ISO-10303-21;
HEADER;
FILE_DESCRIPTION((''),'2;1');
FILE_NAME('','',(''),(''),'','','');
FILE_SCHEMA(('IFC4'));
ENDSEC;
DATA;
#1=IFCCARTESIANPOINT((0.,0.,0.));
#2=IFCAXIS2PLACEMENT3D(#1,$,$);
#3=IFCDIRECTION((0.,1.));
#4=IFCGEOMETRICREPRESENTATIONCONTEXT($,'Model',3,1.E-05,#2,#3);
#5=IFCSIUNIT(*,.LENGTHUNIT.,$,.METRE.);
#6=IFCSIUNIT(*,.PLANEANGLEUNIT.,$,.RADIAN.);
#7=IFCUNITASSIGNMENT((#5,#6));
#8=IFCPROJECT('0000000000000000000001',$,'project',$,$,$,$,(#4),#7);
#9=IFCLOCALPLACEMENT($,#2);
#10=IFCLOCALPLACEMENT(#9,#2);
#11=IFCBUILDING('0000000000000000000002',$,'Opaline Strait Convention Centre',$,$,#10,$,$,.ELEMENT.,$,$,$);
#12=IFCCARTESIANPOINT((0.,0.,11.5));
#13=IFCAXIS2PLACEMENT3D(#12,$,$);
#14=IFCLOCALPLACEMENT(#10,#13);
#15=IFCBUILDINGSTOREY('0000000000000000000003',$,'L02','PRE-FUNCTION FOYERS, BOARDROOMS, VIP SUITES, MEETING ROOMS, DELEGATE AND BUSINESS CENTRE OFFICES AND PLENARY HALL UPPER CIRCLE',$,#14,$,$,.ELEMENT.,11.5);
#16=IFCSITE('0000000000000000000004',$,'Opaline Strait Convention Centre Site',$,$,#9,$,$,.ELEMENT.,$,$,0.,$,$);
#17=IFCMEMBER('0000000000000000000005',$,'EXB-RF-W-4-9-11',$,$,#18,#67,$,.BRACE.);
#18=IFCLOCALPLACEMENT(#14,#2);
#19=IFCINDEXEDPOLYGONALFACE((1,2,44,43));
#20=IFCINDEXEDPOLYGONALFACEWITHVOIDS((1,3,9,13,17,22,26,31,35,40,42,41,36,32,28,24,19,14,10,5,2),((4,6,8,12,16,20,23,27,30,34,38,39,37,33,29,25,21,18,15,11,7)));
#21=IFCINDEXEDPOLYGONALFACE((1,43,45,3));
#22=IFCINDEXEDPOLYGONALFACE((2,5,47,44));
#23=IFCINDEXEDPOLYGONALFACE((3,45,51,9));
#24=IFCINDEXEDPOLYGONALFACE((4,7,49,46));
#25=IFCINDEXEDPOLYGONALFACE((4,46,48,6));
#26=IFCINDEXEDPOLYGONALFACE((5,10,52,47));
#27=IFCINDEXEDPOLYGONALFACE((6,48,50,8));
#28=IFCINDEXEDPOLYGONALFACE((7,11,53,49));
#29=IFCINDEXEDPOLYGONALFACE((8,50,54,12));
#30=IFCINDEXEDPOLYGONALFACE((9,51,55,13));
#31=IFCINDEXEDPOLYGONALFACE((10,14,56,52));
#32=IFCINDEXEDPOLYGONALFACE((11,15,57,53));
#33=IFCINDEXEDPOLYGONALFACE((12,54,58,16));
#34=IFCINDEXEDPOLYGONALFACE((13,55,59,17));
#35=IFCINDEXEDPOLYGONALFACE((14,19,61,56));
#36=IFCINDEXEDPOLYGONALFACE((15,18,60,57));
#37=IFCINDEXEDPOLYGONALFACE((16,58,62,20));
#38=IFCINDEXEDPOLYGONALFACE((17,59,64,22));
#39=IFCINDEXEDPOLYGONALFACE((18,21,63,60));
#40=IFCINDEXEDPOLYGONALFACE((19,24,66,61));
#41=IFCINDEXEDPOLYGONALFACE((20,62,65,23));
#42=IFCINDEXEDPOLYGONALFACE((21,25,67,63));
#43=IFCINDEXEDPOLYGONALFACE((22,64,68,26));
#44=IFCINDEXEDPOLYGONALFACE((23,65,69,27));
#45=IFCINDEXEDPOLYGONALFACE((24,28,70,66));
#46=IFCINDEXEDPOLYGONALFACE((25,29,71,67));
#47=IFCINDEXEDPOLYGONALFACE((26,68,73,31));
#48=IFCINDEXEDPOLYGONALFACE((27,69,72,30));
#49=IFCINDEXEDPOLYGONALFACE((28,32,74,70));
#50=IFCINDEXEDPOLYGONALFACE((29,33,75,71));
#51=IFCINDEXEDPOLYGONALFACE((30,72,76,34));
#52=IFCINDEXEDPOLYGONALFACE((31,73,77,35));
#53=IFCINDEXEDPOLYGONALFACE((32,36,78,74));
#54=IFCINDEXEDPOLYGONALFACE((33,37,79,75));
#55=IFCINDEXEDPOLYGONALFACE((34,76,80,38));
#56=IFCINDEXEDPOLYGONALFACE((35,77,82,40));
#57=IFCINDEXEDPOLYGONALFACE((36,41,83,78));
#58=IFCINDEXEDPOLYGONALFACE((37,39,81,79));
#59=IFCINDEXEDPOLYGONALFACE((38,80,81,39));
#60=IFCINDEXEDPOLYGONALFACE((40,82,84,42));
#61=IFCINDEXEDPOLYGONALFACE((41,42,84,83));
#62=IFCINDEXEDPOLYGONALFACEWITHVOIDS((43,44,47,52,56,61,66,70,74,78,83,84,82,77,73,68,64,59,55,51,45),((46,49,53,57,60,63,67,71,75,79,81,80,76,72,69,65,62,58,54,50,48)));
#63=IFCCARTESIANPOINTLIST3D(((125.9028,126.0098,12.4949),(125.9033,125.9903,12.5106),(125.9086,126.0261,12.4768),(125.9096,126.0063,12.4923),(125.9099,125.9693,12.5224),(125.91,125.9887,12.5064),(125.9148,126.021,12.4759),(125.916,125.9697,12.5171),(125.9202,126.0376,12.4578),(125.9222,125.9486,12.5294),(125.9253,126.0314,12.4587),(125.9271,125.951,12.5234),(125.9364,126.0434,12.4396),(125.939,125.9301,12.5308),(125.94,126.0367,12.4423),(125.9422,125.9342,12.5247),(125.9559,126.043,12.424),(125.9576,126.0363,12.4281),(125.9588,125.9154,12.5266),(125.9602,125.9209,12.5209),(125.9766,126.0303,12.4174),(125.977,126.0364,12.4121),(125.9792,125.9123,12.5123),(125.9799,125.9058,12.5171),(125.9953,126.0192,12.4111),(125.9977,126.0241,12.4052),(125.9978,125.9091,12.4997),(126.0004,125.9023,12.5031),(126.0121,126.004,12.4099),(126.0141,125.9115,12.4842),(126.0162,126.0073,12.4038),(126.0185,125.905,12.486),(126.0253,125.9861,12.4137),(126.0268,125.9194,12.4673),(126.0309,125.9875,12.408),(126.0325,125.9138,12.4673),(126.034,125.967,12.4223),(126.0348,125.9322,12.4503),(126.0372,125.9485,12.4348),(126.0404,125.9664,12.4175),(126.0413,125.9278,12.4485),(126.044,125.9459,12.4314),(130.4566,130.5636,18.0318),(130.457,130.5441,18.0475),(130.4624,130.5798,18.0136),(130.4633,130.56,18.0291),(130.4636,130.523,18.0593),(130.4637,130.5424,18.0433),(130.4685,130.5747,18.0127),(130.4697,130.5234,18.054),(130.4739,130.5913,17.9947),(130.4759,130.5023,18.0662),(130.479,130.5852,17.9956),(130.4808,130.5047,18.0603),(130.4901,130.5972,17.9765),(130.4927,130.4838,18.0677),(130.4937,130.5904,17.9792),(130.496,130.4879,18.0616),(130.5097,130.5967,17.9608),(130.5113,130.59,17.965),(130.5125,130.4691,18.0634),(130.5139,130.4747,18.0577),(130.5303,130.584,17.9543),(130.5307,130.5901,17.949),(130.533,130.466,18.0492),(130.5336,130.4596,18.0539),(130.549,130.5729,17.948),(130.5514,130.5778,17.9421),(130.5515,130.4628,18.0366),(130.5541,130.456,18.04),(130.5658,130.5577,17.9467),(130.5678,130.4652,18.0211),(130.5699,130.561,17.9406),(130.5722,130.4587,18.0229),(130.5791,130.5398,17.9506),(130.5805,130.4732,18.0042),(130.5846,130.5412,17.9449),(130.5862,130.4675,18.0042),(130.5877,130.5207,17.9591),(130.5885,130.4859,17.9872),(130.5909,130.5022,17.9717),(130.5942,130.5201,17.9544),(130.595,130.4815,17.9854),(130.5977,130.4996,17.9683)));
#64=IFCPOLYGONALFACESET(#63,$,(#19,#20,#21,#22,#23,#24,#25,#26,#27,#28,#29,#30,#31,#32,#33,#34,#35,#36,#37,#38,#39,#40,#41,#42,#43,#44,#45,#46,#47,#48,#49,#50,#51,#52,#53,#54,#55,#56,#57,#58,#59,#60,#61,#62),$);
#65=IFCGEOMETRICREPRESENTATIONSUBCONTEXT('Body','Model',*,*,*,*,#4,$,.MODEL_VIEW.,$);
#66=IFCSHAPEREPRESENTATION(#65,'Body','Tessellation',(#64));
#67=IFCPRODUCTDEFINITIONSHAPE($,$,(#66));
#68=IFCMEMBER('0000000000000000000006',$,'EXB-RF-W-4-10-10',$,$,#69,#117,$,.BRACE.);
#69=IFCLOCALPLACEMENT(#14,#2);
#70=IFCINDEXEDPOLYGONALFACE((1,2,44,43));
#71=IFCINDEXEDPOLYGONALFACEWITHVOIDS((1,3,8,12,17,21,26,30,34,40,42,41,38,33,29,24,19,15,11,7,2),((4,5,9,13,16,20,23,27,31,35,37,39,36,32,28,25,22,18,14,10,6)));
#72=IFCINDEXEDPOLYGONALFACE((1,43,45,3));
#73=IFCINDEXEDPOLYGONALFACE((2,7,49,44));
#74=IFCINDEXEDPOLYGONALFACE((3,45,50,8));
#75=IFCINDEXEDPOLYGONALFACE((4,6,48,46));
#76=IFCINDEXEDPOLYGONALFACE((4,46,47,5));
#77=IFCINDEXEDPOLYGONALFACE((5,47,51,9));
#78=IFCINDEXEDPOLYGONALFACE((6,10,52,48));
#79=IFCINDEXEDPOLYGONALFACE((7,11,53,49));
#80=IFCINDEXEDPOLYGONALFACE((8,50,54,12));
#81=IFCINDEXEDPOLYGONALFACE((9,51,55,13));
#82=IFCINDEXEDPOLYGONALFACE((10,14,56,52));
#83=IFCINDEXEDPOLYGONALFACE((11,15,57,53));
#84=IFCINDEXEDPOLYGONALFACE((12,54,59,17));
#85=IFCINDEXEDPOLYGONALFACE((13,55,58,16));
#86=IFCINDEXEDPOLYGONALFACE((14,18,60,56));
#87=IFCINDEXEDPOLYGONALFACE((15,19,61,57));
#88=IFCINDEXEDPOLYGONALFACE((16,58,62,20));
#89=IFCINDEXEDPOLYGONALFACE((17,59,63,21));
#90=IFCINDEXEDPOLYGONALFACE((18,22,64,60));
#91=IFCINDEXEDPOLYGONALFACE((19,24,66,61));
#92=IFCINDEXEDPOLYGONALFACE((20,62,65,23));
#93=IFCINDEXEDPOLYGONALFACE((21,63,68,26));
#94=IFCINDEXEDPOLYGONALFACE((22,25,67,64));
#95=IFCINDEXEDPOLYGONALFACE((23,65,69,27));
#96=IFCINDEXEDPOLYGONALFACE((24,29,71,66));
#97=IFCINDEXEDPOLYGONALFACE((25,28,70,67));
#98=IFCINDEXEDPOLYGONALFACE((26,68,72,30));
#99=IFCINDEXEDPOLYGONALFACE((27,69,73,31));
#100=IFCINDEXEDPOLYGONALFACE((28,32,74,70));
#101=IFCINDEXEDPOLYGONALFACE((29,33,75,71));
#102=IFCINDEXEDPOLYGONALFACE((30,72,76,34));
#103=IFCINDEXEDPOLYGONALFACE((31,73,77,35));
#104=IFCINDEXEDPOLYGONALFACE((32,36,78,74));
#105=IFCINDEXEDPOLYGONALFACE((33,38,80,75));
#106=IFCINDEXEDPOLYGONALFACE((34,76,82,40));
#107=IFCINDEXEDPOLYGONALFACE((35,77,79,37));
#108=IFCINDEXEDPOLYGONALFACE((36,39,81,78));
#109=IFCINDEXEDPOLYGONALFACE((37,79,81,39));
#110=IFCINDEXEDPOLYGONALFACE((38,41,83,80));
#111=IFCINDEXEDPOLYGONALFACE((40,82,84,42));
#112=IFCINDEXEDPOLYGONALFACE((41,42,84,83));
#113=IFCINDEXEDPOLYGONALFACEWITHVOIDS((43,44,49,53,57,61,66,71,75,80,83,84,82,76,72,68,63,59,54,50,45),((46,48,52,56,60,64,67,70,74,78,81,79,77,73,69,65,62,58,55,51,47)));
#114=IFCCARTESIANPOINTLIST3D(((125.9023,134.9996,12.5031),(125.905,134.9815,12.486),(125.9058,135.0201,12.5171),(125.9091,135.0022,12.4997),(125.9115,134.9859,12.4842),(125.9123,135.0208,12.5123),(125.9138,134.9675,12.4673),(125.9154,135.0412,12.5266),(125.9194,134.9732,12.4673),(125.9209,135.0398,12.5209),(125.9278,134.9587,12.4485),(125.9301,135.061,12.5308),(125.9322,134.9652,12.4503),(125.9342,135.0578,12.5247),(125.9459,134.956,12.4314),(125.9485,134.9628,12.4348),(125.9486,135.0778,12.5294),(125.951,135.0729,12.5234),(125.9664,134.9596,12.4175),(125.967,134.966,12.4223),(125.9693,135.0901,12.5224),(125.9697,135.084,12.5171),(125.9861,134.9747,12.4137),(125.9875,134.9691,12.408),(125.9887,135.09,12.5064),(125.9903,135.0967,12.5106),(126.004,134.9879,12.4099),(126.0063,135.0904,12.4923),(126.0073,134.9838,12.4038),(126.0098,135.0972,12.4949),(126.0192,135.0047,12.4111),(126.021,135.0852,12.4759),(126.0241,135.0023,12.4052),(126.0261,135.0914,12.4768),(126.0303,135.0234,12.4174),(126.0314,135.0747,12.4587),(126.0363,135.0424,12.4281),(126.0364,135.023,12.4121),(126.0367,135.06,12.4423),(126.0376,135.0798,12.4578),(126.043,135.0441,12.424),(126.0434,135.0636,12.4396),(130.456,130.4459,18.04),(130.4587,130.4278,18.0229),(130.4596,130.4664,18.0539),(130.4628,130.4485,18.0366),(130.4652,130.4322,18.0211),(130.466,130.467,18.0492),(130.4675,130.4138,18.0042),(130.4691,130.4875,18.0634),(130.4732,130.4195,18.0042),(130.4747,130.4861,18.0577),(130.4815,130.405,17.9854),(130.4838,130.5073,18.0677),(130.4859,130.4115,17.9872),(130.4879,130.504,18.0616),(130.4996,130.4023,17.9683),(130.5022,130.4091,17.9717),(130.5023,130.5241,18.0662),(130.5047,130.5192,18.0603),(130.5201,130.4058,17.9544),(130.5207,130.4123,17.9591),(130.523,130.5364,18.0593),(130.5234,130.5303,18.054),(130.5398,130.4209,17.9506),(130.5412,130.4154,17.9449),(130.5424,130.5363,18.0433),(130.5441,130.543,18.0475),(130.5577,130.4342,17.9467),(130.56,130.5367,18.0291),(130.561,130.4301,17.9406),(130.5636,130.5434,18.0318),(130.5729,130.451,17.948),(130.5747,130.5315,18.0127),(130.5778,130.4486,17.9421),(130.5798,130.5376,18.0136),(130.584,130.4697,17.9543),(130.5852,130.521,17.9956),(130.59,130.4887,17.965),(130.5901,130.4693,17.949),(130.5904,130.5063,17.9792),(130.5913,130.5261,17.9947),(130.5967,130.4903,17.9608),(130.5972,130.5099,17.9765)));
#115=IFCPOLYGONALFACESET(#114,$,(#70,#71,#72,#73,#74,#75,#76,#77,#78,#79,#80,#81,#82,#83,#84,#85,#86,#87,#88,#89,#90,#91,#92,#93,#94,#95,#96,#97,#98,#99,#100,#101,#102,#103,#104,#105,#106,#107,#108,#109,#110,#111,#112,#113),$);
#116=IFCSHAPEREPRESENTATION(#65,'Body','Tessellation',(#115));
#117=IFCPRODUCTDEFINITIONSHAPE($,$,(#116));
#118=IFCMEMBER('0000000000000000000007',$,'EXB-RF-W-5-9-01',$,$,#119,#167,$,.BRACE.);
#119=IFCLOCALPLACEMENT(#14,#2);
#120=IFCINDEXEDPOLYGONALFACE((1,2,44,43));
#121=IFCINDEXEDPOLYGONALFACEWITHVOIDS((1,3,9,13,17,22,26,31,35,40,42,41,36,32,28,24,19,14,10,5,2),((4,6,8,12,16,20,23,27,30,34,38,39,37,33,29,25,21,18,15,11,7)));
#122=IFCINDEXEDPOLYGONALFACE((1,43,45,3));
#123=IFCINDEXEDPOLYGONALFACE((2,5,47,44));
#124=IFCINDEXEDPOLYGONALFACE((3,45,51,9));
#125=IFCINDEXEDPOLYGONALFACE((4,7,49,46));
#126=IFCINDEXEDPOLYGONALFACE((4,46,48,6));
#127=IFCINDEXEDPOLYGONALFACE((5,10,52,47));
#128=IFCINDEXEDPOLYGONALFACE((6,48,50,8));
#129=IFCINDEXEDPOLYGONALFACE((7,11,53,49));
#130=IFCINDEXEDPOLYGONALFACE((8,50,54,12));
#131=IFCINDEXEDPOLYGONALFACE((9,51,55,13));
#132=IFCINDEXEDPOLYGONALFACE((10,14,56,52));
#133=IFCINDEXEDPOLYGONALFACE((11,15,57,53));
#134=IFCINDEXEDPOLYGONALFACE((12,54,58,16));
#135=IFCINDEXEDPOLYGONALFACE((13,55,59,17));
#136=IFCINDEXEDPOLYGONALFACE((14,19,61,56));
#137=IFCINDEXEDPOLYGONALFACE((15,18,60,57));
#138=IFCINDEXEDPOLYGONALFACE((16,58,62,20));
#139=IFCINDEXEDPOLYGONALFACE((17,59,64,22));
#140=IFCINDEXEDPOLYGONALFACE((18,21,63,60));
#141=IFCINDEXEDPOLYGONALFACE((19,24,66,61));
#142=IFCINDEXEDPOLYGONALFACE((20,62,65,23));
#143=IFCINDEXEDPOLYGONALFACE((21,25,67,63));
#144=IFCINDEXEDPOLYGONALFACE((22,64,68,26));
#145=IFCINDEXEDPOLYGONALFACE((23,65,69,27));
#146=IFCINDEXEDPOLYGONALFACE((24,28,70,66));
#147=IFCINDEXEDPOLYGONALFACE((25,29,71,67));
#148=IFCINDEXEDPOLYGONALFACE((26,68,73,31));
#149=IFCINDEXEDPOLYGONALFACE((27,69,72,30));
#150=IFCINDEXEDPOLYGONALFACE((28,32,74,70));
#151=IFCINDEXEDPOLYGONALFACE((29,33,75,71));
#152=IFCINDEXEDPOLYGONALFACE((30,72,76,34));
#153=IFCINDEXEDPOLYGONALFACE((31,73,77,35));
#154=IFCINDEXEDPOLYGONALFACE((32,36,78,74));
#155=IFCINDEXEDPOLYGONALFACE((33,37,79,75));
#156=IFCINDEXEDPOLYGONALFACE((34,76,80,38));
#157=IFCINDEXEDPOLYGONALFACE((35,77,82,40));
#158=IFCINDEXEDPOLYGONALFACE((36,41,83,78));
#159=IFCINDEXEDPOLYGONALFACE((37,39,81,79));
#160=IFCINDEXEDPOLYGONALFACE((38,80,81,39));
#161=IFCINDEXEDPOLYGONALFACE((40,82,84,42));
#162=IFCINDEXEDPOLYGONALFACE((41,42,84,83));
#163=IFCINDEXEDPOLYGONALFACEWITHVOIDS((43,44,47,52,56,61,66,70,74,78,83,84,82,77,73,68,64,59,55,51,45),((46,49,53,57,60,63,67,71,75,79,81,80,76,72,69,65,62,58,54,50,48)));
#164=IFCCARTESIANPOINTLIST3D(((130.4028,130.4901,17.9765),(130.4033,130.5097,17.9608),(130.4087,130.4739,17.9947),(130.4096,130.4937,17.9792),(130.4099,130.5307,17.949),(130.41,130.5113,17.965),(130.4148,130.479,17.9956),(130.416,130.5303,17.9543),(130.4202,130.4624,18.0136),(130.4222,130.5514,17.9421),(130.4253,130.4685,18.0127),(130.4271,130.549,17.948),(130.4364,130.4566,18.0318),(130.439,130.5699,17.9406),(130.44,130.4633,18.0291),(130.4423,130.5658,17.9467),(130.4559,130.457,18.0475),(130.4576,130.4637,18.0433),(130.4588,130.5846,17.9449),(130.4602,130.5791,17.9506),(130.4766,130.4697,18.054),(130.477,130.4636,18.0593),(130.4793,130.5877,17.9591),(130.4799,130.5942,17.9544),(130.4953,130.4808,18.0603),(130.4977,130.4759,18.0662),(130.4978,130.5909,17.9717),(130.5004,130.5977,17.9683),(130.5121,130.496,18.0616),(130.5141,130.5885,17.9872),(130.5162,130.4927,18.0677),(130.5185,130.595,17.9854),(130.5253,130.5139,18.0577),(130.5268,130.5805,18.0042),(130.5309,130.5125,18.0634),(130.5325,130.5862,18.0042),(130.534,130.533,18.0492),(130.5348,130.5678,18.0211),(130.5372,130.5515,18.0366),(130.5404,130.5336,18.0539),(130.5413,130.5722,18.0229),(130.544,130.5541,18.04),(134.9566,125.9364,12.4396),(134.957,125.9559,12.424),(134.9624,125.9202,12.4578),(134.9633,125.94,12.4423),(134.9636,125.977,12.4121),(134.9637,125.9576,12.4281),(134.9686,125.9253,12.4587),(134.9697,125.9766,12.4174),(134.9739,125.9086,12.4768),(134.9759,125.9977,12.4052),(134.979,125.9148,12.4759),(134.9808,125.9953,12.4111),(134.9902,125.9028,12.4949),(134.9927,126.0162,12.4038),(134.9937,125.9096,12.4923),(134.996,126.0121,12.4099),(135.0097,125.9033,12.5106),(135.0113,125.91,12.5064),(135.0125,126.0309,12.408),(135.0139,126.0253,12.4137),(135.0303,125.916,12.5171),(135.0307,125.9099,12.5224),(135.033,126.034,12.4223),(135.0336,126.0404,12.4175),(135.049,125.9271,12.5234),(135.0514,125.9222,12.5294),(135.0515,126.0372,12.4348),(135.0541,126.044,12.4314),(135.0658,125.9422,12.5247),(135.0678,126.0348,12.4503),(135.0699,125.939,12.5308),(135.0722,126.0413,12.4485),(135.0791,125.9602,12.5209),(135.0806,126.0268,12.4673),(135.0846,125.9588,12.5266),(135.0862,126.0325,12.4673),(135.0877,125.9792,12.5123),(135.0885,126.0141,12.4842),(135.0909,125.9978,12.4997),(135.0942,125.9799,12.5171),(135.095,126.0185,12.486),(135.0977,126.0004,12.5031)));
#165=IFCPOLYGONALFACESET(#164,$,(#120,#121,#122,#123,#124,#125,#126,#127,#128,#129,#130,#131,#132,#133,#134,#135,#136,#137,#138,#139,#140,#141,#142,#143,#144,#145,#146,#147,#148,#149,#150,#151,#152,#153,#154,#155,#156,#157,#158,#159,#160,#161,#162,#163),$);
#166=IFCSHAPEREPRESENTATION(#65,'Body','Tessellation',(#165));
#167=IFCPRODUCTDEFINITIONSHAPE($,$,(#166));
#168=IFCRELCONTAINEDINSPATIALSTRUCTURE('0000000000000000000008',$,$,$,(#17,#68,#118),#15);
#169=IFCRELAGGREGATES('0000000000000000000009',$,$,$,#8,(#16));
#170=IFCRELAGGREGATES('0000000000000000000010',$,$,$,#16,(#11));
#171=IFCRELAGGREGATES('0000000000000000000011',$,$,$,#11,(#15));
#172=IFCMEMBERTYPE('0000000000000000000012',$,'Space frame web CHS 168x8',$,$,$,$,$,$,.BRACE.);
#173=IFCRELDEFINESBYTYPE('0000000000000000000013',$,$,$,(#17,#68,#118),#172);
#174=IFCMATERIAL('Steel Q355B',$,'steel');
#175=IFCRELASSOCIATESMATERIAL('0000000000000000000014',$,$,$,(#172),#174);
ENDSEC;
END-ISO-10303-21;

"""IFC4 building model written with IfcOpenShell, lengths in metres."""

from ifc_helpers import new_model, si_unit, direction, frame, origin, origin_2d, place, context, subcontext, project, spatial, hollow_circle, extrude, material, material_profile, profile_set, type_object, element, save


model = new_model("IFC4")

# Units and contexts
model_context = context("Model", 3, precision=1e-05, world=origin(), true_north=direction((0.0, 1.0)))
body_context = subcontext(model_context, "Body", "Model", "MODEL_VIEW")
ifc_project = project(units=[si_unit("LENGTHUNIT", "METRE"), si_unit("PLANEANGLEUNIT", "RADIAN")], contexts=[model_context])

# Site, building, storey
site_placement = place(None, origin())
site = spatial("IfcSite", under=ifc_project, at=site_placement, Name="Opaline Strait Convention Centre Site", CompositionType="ELEMENT", RefElevation=0.0)
building_placement = place(site_placement, origin())
building = spatial("IfcBuilding", under=site, at=building_placement, Name="Opaline Strait Convention Centre", CompositionType="ELEMENT")
storey_placement = place(building_placement, frame((0.0, 0.0, 11.5)))
storey = spatial("IfcBuildingStorey", under=building, at=storey_placement, Name="L02", Description="PRE-FUNCTION FOYERS, BOARDROOMS, VIP SUITES, MEETING ROOMS, DELEGATE AND BUSINESS CENTRE OFFICES AND PLENARY HALL UPPER CIRCLE", CompositionType="ELEMENT", Elevation=11.5)

# Members
ifc_material = material(Name="Steel Q355B", Category="steel")
ifc_material_profile_1 = material_profile(ifc_material, hollow_circle(Radius=0.084, WallThickness=0.0081, at=origin_2d()), Name="CHS 168x8")
ifc_profile_set_1 = profile_set([ifc_material_profile_1], Name="Steel Q355B")
member_type_1 = type_object("IfcMemberType", Name="Space frame web CHS 168x8", PredefinedType="BRACE", material=ifc_profile_set_1)
for number, where, z_axis, x_axis, name in (
    (1, (130.5269, 130.5269, 18.0042), (-0.536178, -0.536178, -0.65194), (0.707107, -0.707107, 0.0), "EXB-RF-W-4-9-11"),
    (2, (130.5269, 130.4731, 18.0042), (-0.536178, 0.536178, -0.65194), (-0.707107, -0.707107, 0.0), "EXB-RF-W-4-10-10"),
    (3, (130.4731, 130.5269, 18.0042), (0.536178, -0.536178, -0.65194), (0.707107, 0.707107, 0.0), "EXB-RF-W-5-9-01"),
):
    element("IfcMember", number, at=place(storey_placement, frame(where, z_axis=z_axis, x_axis=x_axis)), inside=storey, type_object=member_type_1, Name=name, PredefinedType="BRACE", context=body_context, shape_type="SweptSolid", body=[
        extrude(hollow_circle(Radius=0.084, WallThickness=0.0081, at=origin_2d()), origin(), (0.0, 0.0, 1.0), 8.4929),
    ])

save(model, "model.ifc")
